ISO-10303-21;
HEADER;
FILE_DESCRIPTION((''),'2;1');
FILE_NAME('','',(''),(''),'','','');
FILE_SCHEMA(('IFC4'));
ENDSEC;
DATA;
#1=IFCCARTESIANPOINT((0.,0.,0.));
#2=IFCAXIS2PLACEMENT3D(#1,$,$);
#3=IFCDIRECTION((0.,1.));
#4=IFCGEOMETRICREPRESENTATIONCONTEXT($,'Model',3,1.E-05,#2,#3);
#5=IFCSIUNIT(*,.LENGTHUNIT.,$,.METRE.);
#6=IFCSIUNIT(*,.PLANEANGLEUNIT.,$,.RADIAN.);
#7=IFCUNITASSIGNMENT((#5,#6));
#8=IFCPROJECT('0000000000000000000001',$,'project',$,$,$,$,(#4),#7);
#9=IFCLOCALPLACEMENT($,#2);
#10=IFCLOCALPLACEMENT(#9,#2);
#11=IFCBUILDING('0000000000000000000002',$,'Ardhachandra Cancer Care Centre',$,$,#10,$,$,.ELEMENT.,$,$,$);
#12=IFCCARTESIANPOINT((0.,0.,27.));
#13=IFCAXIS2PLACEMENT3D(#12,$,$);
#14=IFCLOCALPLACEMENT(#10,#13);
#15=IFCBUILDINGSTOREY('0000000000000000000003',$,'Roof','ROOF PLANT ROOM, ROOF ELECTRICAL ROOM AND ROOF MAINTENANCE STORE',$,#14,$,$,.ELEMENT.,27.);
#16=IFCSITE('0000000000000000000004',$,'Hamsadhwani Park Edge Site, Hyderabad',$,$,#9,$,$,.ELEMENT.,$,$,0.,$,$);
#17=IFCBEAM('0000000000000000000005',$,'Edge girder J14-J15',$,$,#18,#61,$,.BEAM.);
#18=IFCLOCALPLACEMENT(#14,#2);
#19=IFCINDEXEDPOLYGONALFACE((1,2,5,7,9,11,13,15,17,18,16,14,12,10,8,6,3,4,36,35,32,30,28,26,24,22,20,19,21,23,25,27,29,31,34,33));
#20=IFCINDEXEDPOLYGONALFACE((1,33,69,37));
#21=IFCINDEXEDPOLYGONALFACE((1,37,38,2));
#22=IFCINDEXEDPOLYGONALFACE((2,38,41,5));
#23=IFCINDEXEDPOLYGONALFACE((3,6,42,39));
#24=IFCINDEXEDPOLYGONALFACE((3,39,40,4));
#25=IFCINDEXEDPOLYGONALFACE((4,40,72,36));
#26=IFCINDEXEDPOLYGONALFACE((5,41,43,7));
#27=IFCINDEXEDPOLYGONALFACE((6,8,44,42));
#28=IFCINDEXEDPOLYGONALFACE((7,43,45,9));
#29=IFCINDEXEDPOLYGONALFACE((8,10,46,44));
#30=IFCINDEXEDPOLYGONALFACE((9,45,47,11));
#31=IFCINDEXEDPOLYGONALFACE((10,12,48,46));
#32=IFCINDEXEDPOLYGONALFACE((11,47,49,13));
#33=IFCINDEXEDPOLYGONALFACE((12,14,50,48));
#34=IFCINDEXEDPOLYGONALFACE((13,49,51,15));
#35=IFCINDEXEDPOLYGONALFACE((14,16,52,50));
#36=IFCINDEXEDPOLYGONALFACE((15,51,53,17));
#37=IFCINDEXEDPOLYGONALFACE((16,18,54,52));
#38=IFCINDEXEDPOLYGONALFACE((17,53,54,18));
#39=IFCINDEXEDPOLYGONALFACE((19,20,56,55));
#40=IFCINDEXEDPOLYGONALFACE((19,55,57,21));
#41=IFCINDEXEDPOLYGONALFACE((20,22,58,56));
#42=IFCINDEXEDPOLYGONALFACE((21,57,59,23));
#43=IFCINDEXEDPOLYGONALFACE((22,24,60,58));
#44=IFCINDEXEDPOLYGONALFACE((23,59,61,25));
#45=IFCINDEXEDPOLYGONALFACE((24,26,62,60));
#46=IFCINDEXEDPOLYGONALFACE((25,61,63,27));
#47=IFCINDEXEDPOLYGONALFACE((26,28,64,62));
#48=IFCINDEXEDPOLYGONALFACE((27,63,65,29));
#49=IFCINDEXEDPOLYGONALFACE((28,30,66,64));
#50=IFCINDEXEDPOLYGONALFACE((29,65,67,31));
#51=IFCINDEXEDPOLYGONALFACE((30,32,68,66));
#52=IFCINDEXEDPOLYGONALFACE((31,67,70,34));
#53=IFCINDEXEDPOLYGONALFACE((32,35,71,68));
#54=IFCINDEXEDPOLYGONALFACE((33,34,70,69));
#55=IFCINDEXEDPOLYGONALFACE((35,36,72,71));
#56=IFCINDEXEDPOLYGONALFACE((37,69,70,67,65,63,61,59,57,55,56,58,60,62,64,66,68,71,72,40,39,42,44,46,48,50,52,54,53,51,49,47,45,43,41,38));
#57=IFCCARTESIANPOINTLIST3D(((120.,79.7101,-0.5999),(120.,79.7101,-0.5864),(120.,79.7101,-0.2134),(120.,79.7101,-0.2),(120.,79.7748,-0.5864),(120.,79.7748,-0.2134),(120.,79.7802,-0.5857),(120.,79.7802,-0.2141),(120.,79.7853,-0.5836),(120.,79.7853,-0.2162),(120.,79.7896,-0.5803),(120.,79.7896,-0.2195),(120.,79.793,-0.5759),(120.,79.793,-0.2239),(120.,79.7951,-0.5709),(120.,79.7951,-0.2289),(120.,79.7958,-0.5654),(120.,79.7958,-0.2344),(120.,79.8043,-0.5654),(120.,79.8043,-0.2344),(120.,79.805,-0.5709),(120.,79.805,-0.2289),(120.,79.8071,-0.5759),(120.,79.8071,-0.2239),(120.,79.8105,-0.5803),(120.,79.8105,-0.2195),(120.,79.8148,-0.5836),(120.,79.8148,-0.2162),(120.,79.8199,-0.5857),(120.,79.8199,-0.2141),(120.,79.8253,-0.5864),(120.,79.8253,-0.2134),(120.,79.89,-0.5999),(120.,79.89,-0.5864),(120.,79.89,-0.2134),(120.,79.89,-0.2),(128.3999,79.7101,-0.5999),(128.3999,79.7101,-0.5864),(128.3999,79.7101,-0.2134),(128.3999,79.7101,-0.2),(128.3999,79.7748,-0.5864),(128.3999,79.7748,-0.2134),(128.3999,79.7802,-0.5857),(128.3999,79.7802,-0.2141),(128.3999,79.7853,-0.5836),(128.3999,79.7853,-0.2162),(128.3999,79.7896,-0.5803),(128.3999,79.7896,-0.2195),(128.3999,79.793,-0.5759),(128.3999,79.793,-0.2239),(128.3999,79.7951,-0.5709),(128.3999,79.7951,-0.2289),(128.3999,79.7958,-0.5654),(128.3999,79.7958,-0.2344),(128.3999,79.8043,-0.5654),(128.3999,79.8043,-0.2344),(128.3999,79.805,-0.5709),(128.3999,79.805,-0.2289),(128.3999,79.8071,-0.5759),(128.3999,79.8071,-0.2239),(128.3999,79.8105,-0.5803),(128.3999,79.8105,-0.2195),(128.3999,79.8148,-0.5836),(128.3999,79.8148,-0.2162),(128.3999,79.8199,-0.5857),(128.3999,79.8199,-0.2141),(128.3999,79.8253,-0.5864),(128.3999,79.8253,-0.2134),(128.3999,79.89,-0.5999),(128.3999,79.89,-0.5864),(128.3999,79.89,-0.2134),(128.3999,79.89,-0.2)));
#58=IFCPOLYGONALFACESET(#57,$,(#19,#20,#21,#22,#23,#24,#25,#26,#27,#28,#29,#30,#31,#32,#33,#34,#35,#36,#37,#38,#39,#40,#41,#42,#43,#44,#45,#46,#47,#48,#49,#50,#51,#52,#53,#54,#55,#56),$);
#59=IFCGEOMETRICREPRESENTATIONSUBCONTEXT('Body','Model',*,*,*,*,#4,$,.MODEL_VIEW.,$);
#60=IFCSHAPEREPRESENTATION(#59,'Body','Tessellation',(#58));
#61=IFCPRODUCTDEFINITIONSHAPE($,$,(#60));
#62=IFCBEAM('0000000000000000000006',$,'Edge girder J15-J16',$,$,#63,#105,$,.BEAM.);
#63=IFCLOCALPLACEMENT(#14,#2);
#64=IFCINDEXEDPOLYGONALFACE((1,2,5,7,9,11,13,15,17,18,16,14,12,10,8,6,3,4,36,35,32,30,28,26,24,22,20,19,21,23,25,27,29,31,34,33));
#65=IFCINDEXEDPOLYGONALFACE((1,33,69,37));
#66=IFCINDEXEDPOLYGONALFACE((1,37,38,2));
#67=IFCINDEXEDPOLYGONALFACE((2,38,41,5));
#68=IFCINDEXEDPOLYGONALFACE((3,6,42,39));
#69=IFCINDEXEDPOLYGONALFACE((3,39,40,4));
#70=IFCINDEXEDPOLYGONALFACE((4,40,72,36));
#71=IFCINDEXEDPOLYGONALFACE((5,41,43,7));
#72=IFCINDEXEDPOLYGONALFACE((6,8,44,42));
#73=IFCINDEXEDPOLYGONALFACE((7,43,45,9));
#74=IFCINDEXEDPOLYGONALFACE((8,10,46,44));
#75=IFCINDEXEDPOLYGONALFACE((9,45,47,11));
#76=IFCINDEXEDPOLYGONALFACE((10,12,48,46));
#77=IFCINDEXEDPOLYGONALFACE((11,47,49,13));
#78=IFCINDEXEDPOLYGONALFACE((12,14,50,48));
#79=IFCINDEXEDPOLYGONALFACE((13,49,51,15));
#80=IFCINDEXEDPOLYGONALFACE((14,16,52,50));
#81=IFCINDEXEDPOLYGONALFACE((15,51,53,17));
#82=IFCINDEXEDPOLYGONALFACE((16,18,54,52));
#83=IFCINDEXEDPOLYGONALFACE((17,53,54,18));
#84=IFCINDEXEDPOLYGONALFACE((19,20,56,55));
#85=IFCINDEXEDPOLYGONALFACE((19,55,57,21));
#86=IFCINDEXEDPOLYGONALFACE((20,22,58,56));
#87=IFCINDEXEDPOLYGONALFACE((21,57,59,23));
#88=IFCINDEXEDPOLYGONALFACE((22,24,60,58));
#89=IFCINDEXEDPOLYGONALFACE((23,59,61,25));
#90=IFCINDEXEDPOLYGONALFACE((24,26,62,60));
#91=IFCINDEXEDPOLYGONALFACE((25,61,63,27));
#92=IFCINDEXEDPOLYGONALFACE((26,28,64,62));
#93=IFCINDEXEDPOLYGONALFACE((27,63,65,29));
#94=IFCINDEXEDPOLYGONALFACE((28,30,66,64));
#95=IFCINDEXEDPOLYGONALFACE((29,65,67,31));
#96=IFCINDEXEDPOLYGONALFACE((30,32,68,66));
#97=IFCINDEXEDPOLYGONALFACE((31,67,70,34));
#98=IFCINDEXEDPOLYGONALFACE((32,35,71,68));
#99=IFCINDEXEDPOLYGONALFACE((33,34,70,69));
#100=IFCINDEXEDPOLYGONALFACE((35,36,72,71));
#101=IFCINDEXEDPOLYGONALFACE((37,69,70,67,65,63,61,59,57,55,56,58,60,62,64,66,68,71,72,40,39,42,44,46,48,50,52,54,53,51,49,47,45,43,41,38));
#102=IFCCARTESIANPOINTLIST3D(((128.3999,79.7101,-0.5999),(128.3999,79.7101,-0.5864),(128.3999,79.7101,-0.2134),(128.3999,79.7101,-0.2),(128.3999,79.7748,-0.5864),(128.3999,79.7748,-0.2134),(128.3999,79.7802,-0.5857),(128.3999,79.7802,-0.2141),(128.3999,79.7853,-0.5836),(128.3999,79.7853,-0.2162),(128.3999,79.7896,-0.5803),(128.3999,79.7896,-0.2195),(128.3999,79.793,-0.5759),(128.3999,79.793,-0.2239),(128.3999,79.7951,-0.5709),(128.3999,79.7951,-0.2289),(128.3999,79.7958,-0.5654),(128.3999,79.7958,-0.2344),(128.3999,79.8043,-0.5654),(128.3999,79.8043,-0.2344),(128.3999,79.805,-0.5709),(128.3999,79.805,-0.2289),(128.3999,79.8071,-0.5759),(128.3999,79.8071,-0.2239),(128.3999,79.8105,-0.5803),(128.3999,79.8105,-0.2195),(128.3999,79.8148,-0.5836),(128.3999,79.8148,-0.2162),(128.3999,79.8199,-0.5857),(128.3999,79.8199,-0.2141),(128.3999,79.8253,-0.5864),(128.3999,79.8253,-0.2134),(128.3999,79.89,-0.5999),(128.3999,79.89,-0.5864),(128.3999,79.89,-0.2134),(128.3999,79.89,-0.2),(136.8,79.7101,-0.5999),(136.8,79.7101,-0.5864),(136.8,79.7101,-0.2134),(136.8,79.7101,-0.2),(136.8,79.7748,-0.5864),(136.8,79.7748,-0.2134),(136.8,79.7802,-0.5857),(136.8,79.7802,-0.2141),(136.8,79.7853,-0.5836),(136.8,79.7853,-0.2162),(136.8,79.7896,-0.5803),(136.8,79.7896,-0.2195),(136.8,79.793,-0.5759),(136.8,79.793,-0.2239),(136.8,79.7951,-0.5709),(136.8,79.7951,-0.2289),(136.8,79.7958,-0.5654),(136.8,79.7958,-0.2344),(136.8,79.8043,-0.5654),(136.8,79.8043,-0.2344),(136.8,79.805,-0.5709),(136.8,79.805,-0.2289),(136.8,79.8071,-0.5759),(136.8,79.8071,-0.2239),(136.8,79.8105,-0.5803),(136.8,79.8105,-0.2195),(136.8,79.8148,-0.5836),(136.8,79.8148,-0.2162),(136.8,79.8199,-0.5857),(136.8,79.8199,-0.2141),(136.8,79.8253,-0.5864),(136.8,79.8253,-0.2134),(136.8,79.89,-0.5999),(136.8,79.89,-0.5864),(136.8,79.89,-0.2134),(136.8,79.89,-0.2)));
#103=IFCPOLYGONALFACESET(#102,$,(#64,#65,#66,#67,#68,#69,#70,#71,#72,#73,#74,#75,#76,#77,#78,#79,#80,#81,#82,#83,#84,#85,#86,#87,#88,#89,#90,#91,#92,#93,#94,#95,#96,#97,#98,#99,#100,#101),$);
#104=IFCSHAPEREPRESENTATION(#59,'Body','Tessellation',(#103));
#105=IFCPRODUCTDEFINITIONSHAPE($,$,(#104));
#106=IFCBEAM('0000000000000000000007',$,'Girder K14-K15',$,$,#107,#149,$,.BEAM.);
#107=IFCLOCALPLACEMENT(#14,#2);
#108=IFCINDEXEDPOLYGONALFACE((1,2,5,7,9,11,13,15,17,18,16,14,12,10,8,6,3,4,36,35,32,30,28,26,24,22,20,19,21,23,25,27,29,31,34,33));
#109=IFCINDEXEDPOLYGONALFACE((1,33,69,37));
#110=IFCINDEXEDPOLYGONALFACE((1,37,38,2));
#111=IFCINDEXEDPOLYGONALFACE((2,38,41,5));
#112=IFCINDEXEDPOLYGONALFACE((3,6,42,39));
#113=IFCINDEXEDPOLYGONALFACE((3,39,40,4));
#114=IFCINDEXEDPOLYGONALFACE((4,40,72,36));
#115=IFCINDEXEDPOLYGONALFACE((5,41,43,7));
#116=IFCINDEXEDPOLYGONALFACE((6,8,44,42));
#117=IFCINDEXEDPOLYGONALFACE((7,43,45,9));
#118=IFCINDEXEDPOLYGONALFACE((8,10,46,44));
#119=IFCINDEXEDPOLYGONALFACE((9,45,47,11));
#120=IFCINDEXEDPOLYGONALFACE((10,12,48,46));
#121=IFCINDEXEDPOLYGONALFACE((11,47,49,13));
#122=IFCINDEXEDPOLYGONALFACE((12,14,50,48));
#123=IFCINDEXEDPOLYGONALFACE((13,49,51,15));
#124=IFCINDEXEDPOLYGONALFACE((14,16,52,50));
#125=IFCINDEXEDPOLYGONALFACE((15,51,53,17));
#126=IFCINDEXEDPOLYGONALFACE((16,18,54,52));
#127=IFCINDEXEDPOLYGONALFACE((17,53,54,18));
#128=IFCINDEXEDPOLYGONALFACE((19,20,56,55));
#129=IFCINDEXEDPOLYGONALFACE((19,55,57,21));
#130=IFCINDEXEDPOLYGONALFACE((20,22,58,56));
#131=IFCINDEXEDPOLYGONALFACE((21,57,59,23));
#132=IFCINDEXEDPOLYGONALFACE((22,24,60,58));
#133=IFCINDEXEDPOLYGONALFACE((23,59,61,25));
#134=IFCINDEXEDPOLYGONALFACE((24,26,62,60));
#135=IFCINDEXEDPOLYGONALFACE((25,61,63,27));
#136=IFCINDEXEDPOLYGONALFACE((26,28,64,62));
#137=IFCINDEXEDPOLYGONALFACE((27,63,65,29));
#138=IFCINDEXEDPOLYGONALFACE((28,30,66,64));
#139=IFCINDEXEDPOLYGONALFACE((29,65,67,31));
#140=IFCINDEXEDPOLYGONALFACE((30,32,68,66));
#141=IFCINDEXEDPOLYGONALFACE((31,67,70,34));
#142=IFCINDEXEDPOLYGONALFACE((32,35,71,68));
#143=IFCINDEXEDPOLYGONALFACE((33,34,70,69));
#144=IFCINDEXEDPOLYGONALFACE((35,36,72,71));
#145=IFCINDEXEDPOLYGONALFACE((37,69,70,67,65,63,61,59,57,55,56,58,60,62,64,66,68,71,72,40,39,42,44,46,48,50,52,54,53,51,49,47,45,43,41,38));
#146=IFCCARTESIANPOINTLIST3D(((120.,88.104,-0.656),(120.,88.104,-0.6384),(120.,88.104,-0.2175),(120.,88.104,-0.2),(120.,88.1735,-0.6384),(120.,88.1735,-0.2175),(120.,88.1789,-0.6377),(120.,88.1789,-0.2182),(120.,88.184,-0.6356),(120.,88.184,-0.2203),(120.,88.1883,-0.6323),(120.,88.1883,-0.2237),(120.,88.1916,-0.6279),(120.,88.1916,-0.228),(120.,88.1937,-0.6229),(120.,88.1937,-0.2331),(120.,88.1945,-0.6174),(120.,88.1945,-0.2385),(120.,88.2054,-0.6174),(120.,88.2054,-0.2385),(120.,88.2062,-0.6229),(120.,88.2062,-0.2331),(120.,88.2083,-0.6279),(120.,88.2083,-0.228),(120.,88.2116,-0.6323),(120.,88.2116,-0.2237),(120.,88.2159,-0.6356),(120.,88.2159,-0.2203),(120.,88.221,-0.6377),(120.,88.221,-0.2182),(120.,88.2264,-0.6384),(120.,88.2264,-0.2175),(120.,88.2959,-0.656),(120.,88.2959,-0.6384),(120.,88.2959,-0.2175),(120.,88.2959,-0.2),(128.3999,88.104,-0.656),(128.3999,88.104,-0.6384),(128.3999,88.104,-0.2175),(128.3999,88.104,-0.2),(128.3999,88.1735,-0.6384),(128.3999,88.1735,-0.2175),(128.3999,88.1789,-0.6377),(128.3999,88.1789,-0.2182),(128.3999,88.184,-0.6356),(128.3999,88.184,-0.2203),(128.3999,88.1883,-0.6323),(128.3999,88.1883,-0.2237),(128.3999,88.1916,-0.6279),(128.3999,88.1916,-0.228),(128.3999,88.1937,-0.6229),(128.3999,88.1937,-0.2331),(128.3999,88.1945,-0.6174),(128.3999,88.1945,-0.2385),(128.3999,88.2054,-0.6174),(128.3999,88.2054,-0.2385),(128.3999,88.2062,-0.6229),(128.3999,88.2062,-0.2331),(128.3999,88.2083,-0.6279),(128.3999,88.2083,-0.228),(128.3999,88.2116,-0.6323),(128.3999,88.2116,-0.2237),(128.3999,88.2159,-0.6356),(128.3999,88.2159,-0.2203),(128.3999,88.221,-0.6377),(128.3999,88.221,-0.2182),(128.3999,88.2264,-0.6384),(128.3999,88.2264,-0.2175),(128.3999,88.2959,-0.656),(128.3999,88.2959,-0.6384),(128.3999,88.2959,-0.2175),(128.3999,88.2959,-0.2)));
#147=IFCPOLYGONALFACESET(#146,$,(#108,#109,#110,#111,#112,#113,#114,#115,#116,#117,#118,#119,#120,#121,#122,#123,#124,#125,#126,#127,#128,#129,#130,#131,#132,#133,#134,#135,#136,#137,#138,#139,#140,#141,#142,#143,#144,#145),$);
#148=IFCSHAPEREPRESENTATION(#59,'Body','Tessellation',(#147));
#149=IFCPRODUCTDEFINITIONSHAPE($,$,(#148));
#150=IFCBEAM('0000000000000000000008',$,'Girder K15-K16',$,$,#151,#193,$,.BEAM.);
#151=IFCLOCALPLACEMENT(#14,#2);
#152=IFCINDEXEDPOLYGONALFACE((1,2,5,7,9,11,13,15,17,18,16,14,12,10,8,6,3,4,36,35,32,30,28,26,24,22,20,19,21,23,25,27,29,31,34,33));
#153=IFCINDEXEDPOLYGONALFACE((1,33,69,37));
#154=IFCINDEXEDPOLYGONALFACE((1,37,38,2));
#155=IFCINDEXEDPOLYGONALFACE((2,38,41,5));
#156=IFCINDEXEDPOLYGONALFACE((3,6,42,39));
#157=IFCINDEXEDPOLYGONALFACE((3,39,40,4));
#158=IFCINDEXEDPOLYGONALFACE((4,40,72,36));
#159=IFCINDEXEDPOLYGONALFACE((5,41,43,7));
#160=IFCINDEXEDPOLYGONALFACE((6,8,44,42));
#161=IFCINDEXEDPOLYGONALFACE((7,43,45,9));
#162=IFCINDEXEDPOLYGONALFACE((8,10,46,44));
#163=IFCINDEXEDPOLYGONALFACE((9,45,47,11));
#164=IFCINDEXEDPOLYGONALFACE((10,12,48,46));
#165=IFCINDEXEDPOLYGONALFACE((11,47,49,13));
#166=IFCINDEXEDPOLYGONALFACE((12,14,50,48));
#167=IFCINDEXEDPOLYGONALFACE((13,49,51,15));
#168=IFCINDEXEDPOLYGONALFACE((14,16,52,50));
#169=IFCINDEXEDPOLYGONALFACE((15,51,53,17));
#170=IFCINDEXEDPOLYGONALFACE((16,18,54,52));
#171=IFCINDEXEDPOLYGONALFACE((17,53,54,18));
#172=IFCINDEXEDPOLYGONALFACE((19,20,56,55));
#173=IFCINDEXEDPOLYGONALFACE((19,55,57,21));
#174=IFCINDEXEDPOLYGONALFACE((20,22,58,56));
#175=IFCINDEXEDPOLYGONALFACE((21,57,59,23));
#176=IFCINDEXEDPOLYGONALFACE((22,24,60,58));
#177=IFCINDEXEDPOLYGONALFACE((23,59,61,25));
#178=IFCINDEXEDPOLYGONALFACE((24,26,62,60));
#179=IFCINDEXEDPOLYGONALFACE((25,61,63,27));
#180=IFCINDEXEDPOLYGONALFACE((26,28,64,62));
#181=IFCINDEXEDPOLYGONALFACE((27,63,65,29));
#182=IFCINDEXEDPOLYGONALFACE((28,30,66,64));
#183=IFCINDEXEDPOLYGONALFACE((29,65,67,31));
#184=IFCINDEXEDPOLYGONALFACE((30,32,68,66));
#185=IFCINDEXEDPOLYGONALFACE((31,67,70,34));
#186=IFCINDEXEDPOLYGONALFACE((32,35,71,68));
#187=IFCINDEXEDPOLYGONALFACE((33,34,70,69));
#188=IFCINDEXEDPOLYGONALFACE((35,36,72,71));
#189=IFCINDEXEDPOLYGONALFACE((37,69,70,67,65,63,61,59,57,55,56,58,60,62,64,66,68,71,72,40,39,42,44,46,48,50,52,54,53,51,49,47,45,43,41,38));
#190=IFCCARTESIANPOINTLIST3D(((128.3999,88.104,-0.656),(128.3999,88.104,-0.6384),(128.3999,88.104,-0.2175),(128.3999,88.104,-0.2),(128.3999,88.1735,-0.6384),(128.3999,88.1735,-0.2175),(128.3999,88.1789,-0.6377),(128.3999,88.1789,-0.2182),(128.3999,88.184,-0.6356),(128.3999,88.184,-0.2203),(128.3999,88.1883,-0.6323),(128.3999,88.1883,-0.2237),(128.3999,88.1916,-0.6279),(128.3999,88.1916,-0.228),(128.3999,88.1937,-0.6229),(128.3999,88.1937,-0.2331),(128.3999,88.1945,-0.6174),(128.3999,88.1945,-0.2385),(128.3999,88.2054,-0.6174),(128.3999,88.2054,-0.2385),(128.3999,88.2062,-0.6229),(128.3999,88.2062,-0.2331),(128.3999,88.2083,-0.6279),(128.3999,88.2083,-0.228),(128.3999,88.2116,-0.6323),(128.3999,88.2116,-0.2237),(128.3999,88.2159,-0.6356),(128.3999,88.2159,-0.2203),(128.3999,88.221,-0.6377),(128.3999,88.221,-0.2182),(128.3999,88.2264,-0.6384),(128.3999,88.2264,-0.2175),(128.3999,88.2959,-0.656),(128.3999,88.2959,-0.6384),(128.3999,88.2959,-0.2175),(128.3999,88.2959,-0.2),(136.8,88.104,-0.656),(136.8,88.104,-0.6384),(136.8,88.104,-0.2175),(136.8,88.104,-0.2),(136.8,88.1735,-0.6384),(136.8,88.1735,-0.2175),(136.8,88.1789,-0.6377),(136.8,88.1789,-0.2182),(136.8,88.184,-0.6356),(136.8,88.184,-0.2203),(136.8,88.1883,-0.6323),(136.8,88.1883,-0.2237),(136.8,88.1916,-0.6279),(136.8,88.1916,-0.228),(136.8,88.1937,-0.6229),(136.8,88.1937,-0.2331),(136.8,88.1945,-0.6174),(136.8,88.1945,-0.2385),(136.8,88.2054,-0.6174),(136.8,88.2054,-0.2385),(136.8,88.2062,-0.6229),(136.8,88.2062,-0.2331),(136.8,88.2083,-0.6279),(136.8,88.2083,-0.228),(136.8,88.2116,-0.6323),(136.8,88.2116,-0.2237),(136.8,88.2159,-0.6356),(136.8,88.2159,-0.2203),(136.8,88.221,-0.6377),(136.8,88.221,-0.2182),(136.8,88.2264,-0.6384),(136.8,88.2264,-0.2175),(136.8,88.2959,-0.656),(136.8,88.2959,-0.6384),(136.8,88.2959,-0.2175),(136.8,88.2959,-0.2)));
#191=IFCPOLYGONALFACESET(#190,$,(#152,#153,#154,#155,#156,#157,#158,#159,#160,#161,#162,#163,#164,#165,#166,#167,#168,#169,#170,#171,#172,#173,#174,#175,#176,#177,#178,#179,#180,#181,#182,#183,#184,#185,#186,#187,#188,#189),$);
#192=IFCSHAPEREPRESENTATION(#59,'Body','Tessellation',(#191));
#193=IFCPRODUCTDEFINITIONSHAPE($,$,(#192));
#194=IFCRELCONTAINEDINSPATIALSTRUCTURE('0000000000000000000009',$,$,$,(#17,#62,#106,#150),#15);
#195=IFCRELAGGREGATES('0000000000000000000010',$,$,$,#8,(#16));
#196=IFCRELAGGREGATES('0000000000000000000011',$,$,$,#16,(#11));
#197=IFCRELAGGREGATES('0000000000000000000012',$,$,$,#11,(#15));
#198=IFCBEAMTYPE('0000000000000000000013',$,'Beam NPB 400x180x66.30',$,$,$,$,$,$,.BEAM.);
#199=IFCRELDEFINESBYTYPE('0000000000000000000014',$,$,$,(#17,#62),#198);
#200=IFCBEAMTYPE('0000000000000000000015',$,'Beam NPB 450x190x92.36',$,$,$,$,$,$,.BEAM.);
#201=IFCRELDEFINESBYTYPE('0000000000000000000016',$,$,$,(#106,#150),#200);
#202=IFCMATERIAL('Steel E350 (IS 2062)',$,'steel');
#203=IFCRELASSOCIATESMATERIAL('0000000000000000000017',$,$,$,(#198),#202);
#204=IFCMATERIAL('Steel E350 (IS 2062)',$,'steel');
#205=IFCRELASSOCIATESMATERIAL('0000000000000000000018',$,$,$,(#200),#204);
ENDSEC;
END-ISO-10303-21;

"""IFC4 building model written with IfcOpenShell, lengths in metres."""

from ifc_helpers import new_model, si_unit, direction, frame, origin, origin_2d, place, context, subcontext, project, spatial, i_section, extrude, material, material_profile, profile_set, type_object, element, save


model = new_model("IFC4")

# Units and contexts
model_context = context("Model", 3, precision=1e-05, world=origin(), true_north=direction((0.0, 1.0)))
body_context = subcontext(model_context, "Body", "Model", "MODEL_VIEW")
ifc_project = project(units=[si_unit("LENGTHUNIT", "METRE"), si_unit("PLANEANGLEUNIT", "RADIAN")], contexts=[model_context])

# Site, building, storey
site_placement = place(None, origin())
site = spatial("IfcSite", under=ifc_project, at=site_placement, Name="Hamsadhwani Park Edge Site, Hyderabad", CompositionType="ELEMENT", RefElevation=0.0)
building_placement = place(site_placement, origin())
building = spatial("IfcBuilding", under=site, at=building_placement, Name="Ardhachandra Cancer Care Centre", CompositionType="ELEMENT")
storey_placement = place(building_placement, frame((0.0, 0.0, 27.0)))
storey = spatial("IfcBuildingStorey", under=building, at=storey_placement, Name="Roof", Description="ROOF PLANT ROOM, ROOF ELECTRICAL ROOM AND ROOF MAINTENANCE STORE", CompositionType="ELEMENT", Elevation=27.0)

# Beams
ifc_material_1 = material(Name="Steel E350 (IS 2062)", Category="steel")
ifc_material_profile_1 = material_profile(ifc_material_1, i_section(OverallWidth=0.1799, OverallDepth=0.3999, WebThickness=0.0085, FlangeThickness=0.0134, FilletRadius=0.021, at=origin_2d()), Name="NPB 400x180x66.30")
ifc_profile_set_1 = profile_set([ifc_material_profile_1], Name="Steel E350 (IS 2062)")
beam_type_1 = type_object("IfcBeamType", Name="Beam NPB 400x180x66.30", PredefinedType="BEAM", material=ifc_profile_set_1)
beam_1_placement = place(storey_placement, frame((120.0, 79.8, -0.3999), z_axis=(1.0, 0.0, 0.0), x_axis=(0.0, 1.0, 0.0)))
element("IfcBeam", 1, at=beam_1_placement, inside=storey, type_object=beam_type_1, Name="Edge girder J14-J15", PredefinedType="BEAM", context=body_context, shape_type="SweptSolid", body=[
    extrude(i_section(OverallWidth=0.1799, OverallDepth=0.3999, WebThickness=0.0085, FlangeThickness=0.0134, FilletRadius=0.021, at=origin_2d()), origin(), (0.0, 0.0, 1.0), 8.3999),
])
beam_2_placement = place(storey_placement, frame((128.3999, 79.8, -0.3999), z_axis=(1.0, 0.0, 0.0), x_axis=(0.0, 1.0, 0.0)))
element("IfcBeam", 2, at=beam_2_placement, inside=storey, type_object=beam_type_1, Name="Edge girder J15-J16", PredefinedType="BEAM", context=body_context, shape_type="SweptSolid", body=[
    extrude(i_section(OverallWidth=0.1799, OverallDepth=0.3999, WebThickness=0.0085, FlangeThickness=0.0134, FilletRadius=0.021, at=origin_2d()), origin(), (0.0, 0.0, 1.0), 8.4001),
])
ifc_material_2 = material(Name="Steel E350 (IS 2062)", Category="steel")
ifc_material_profile_2 = material_profile(ifc_material_2, i_section(OverallWidth=0.1919, OverallDepth=0.4561, WebThickness=0.011, FlangeThickness=0.0176, FilletRadius=0.021, at=origin_2d()), Name="NPB 450x190x92.36")
ifc_profile_set_2 = profile_set([ifc_material_profile_2], Name="Steel E350 (IS 2062)")
beam_type_2 = type_object("IfcBeamType", Name="Beam NPB 450x190x92.36", PredefinedType="BEAM", material=ifc_profile_set_2)
beam_3_placement = place(storey_placement, frame((120.0, 88.2, -0.428), z_axis=(1.0, 0.0, 0.0), x_axis=(0.0, 1.0, 0.0)))
element("IfcBeam", 3, at=beam_3_placement, inside=storey, type_object=beam_type_2, Name="Girder K14-K15", PredefinedType="BEAM", context=body_context, shape_type="SweptSolid", body=[
    extrude(i_section(OverallWidth=0.1919, OverallDepth=0.4561, WebThickness=0.011, FlangeThickness=0.0176, FilletRadius=0.021, at=origin_2d()), origin(), (0.0, 0.0, 1.0), 8.3999),
])
beam_4_placement = place(storey_placement, frame((128.3999, 88.2, -0.428), z_axis=(1.0, 0.0, 0.0), x_axis=(0.0, 1.0, 0.0)))
element("IfcBeam", 4, at=beam_4_placement, inside=storey, type_object=beam_type_2, Name="Girder K15-K16", PredefinedType="BEAM", context=body_context, shape_type="SweptSolid", body=[
    extrude(i_section(OverallWidth=0.1919, OverallDepth=0.4561, WebThickness=0.011, FlangeThickness=0.0176, FilletRadius=0.021, at=origin_2d()), origin(), (0.0, 0.0, 1.0), 8.4001),
])

save(model, "model.ifc")
